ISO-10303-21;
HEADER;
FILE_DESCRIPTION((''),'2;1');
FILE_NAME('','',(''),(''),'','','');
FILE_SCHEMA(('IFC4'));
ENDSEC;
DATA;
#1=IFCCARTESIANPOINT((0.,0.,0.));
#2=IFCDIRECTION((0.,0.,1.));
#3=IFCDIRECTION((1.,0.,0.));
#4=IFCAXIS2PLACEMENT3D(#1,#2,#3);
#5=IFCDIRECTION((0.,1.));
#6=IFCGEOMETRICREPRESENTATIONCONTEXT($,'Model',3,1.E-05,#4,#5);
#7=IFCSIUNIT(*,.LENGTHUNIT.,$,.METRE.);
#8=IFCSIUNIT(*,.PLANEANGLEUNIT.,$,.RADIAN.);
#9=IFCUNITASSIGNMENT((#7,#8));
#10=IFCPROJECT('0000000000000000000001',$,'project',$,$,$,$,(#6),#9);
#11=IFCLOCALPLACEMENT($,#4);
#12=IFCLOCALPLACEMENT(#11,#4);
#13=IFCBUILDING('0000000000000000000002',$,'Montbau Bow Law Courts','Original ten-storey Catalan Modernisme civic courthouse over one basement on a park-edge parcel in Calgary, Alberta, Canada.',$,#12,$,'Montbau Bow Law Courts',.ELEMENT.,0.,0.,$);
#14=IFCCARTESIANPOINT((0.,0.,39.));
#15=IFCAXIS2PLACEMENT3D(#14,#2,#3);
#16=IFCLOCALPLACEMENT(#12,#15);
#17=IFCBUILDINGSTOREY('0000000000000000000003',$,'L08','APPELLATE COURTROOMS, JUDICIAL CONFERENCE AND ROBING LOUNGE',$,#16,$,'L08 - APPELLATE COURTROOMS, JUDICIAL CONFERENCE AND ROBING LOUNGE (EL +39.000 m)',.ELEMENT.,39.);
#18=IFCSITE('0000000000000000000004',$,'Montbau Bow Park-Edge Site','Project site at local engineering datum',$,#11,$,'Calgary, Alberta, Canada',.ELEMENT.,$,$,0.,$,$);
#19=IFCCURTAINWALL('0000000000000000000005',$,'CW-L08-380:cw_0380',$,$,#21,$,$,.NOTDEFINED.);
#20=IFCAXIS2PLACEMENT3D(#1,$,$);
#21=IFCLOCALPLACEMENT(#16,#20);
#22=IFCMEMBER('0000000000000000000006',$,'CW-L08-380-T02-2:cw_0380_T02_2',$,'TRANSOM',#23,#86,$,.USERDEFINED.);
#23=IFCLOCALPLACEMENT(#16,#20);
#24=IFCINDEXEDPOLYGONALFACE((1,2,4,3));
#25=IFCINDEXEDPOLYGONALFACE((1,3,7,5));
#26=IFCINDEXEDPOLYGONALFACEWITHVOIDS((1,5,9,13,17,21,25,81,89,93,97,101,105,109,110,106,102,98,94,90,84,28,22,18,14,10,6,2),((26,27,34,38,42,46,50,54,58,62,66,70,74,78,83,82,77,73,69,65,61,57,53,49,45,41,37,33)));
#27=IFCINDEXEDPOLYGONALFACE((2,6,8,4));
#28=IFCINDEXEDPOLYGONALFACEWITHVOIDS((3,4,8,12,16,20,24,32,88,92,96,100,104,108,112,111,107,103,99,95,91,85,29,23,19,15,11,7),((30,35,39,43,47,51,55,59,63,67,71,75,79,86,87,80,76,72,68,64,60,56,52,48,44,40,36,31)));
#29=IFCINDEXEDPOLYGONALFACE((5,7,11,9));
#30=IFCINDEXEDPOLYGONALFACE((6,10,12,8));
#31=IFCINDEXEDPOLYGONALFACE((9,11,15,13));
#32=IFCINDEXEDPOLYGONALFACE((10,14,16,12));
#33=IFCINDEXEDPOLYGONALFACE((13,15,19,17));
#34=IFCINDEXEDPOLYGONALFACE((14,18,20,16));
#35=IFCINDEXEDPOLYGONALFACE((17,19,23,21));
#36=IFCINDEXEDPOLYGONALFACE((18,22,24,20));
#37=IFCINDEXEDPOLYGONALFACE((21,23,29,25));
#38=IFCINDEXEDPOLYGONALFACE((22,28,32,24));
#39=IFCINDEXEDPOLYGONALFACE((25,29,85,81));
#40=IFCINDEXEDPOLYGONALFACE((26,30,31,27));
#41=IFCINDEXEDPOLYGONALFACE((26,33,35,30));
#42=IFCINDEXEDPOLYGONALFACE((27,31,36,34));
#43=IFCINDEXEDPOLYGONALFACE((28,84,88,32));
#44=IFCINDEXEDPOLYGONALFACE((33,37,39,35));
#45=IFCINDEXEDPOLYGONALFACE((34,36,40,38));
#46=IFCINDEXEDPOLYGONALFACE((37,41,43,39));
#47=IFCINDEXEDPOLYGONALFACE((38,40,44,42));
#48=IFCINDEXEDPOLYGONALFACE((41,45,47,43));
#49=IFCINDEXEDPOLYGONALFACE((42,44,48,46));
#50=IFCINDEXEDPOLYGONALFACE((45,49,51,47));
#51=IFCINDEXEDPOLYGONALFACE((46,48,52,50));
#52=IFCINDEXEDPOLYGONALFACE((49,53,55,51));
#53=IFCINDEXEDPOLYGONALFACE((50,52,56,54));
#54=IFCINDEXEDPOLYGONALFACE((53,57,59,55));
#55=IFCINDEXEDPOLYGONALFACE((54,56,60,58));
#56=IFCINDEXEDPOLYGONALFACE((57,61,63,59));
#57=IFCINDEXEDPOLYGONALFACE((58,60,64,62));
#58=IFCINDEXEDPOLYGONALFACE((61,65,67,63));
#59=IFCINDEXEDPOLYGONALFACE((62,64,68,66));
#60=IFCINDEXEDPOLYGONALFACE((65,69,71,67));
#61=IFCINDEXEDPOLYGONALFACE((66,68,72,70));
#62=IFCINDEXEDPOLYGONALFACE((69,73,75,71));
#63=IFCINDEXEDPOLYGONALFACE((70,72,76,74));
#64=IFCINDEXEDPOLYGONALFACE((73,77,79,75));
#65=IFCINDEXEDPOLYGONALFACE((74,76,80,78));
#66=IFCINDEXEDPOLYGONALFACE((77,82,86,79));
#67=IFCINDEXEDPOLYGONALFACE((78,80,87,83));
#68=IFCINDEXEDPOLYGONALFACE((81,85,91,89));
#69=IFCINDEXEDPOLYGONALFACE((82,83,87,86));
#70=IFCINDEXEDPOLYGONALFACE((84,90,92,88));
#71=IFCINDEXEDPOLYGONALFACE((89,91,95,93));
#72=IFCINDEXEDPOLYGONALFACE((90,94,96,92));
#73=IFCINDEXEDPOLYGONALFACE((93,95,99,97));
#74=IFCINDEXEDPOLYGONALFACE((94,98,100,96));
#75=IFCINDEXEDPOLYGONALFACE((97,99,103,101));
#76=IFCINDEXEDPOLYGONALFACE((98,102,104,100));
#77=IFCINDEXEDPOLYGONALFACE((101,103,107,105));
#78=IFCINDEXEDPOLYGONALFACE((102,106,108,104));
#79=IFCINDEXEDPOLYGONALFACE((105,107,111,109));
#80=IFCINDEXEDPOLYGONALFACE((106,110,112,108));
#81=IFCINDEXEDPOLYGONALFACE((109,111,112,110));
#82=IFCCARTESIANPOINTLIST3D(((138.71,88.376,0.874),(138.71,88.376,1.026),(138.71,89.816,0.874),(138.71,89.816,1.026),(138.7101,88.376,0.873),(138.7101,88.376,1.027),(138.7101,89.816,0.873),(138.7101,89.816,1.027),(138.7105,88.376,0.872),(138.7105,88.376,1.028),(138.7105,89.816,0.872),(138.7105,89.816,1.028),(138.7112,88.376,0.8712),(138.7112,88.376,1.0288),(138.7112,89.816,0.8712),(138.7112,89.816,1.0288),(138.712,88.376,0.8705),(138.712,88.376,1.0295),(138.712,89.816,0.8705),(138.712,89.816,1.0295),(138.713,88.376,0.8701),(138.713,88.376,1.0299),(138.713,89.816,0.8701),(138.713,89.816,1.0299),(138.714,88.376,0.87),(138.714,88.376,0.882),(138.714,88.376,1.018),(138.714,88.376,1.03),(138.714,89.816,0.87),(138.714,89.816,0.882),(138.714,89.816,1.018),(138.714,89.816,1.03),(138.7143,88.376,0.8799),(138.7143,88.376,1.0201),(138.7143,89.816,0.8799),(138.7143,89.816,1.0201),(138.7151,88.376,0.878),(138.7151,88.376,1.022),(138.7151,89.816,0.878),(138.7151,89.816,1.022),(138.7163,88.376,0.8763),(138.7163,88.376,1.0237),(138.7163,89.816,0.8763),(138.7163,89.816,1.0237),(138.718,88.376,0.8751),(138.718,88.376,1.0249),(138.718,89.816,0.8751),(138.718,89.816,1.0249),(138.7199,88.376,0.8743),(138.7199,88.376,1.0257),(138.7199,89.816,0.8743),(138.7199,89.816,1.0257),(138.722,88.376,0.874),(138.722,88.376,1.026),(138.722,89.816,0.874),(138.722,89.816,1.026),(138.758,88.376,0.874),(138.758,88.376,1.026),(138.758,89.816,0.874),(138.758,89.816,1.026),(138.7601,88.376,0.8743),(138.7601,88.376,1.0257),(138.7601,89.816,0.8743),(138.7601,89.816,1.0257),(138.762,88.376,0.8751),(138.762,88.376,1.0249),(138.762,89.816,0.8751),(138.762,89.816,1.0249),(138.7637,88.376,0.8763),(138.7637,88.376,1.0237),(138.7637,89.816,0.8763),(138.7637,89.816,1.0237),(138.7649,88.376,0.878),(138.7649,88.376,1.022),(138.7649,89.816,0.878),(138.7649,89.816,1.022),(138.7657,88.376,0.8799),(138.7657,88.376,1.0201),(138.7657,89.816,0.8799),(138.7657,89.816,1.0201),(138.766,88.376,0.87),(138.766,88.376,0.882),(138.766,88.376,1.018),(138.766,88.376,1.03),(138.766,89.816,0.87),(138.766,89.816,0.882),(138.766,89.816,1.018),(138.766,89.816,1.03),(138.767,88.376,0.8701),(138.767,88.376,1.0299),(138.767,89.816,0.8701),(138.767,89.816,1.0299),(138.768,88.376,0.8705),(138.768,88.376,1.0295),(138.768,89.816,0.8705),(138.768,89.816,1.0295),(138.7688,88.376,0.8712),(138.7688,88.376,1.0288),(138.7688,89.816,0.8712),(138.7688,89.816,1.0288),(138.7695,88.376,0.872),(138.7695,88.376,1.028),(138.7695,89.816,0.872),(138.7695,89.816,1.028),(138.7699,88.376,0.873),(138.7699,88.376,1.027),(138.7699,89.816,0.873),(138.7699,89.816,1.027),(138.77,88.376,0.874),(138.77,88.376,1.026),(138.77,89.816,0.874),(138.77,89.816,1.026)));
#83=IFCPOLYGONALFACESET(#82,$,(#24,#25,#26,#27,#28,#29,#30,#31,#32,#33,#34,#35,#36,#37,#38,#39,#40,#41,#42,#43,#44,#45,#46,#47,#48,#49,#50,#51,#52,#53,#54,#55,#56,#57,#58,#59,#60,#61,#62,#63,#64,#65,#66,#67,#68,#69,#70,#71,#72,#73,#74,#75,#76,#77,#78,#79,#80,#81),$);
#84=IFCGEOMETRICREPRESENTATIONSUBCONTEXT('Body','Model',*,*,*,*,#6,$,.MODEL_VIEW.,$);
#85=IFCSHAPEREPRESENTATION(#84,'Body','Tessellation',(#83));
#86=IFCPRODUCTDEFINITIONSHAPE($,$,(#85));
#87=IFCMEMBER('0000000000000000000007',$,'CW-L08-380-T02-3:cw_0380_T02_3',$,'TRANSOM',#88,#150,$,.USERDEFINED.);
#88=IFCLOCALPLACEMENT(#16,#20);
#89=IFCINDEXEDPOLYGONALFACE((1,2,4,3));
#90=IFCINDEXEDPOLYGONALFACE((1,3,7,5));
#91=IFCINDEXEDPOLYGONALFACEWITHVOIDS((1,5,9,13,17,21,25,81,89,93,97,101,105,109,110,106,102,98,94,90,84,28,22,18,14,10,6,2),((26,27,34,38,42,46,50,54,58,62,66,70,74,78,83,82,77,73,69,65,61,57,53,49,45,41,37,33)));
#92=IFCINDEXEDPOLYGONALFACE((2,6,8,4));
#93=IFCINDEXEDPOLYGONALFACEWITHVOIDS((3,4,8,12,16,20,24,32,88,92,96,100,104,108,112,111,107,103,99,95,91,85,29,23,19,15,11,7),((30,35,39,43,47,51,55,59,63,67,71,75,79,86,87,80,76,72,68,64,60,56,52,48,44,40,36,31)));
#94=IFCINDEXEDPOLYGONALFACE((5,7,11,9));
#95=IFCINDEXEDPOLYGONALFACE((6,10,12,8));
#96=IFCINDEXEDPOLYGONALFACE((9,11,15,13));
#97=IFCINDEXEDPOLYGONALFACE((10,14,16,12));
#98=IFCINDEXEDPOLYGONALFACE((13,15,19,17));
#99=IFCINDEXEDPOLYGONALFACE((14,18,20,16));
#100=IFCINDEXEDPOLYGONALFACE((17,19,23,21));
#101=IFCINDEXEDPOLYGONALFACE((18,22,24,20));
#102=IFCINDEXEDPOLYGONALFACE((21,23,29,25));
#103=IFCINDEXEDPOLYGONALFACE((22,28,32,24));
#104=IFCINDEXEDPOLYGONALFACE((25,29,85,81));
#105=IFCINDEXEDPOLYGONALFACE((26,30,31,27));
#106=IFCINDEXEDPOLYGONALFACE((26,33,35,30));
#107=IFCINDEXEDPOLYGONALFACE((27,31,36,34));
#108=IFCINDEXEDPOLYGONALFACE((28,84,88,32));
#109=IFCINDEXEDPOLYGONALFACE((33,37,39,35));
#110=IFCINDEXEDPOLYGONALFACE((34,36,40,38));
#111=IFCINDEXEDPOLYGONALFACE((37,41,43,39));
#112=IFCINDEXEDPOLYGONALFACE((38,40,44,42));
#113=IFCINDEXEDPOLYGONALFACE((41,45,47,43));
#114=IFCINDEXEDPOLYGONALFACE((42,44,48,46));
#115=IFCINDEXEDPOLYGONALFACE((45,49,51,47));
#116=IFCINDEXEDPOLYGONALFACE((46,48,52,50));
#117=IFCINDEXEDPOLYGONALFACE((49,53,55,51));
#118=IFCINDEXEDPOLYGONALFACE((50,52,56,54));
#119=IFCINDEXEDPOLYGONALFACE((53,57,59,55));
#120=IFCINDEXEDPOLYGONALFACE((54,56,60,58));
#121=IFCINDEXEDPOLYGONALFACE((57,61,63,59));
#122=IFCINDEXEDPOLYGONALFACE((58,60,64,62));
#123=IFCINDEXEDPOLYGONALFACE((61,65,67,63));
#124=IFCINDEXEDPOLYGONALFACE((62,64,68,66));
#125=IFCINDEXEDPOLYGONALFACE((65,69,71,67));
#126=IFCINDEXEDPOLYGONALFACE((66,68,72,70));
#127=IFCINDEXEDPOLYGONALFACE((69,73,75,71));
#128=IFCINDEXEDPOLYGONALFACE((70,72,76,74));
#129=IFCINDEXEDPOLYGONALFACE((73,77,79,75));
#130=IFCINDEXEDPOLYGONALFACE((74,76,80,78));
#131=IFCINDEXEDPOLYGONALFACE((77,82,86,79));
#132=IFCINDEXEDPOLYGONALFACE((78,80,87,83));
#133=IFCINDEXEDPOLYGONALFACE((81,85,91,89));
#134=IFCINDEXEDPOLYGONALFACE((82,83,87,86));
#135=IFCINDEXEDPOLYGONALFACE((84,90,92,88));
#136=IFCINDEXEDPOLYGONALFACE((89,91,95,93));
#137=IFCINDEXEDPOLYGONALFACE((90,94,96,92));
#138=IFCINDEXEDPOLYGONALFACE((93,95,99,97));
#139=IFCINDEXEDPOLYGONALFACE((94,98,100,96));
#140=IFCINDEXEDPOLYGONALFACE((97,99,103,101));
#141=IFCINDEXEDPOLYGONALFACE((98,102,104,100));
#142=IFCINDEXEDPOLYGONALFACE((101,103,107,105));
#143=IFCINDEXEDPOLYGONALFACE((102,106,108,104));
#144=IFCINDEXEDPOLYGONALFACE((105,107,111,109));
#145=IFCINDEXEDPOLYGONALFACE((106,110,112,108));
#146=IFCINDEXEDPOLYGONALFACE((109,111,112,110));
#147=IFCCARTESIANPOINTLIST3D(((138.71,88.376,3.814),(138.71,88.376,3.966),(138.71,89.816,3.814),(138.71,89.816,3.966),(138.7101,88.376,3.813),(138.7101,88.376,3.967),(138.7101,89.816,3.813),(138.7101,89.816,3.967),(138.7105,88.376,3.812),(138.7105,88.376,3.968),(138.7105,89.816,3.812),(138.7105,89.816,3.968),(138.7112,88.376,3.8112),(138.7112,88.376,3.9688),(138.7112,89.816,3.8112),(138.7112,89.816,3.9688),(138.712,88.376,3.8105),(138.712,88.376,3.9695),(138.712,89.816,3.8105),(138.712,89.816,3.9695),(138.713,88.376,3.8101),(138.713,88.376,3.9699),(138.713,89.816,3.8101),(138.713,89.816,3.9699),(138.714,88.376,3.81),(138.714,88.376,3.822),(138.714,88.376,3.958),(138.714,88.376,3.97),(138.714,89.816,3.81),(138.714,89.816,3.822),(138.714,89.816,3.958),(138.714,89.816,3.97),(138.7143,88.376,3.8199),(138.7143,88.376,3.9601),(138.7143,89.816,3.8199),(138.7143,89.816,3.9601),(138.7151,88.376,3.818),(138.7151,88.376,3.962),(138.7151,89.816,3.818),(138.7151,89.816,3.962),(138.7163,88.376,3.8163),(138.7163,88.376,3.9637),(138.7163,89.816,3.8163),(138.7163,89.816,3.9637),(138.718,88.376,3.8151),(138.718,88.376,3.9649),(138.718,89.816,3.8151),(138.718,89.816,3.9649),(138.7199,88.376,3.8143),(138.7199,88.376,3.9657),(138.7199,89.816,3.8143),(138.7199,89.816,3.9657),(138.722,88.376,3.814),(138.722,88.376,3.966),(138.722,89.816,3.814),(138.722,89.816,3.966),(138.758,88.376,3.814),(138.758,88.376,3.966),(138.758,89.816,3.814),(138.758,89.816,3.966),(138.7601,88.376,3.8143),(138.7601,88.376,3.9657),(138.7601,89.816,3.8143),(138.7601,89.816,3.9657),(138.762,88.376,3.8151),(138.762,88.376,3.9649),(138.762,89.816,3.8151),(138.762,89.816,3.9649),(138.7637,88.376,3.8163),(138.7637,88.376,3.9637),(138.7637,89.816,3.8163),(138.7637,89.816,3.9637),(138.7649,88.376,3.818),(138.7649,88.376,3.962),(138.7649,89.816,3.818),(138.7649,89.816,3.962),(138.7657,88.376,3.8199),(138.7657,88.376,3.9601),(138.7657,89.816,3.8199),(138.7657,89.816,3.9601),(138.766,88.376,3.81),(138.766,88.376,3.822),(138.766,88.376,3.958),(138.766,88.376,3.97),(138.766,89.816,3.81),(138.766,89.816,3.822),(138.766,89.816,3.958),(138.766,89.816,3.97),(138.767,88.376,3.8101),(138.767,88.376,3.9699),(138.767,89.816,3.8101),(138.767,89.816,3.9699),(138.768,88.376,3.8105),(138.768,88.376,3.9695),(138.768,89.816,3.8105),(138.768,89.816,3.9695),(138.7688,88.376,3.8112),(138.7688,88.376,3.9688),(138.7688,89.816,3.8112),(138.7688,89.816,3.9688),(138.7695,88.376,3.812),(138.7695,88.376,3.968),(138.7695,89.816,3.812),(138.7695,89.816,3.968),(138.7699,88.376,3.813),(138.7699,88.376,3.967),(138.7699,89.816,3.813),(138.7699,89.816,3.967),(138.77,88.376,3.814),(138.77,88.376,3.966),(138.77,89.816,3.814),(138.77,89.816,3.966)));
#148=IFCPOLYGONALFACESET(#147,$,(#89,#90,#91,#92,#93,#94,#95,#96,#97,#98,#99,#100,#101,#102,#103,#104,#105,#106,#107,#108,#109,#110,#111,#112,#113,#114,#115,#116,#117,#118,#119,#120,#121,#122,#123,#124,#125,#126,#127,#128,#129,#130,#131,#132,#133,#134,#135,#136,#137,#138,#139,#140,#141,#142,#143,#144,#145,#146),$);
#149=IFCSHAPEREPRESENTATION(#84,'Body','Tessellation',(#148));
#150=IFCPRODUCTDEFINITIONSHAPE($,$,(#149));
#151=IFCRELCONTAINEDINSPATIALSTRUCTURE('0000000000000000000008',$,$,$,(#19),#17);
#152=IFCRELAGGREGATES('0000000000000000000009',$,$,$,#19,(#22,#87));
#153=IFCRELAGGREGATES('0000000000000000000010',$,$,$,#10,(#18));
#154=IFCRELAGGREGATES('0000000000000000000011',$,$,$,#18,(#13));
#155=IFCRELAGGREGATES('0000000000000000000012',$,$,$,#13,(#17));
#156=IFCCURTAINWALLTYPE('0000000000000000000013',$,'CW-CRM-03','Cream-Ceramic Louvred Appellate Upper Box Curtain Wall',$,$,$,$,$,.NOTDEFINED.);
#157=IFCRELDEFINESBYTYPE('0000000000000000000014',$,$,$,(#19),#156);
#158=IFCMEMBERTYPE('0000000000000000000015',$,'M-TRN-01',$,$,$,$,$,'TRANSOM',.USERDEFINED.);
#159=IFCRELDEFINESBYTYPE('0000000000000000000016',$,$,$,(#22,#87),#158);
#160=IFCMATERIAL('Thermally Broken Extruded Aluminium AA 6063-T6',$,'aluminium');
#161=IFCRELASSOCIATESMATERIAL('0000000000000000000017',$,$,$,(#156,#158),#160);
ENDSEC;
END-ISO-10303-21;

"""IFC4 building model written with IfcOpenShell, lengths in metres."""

from ifc_helpers import new_model, si_unit, direction, frame, origin_with_axes, origin_2d_with_axis, place, context, subcontext, project, spatial, hollow_rectangle, extrude, material, material_profile, profile_set, type_object, element, aggregate, save


model = new_model("IFC4")

# Units and contexts
model_context = context("Model", 3, precision=1e-05, world=origin_with_axes(), true_north=direction((0.0, 1.0)))
body_context = subcontext(model_context, "Body", "Model", "MODEL_VIEW")
ifc_project = project(units=[si_unit("LENGTHUNIT", "METRE"), si_unit("PLANEANGLEUNIT", "RADIAN")], contexts=[model_context])

# Site, building, storey
site_placement = place(None, origin_with_axes())
site = spatial("IfcSite", under=ifc_project, at=site_placement, Name="Montbau Bow Park-Edge Site", Description="Project site at local engineering datum", LongName="Calgary, Alberta, Canada", CompositionType="ELEMENT", RefElevation=0.0)
building_placement = place(site_placement, origin_with_axes())
building = spatial("IfcBuilding", under=site, at=building_placement, Name="Montbau Bow Law Courts", Description="Original ten-storey Catalan Modernisme civic courthouse over one basement on a park-edge parcel in Calgary, Alberta, Canada.", LongName="Montbau Bow Law Courts", CompositionType="ELEMENT", ElevationOfRefHeight=0.0, ElevationOfTerrain=0.0)
storey_placement = place(building_placement, frame((0.0, 0.0, 39.0), z_axis=(0.0, 0.0, 1.0), x_axis=(1.0, 0.0, 0.0)))
storey = spatial("IfcBuildingStorey", under=building, at=storey_placement, Name="L08", Description="APPELLATE COURTROOMS, JUDICIAL CONFERENCE AND ROBING LOUNGE", LongName="L08 - APPELLATE COURTROOMS, JUDICIAL CONFERENCE AND ROBING LOUNGE (EL +39.000 m)", CompositionType="ELEMENT", Elevation=39.0)

# Curtain wall
ifc_material_1 = material(Name="Thermally Broken Extruded Aluminium AA 6063-T6", Category="aluminium")
curtain_wall_type = type_object("IfcCurtainWallType", Name="CW-CRM-03", Description="Cream-Ceramic Louvred Appellate Upper Box Curtain Wall", PredefinedType="NOTDEFINED", material=ifc_material_1)
curtain_wall_1_placement = place(None, frame((138.74, 86.84, 39.0), z_axis=(0.0, 0.0, 1.0), x_axis=(1.0, 0.0, 0.0)))
curtain_wall_1 = element("IfcCurtainWall", 1, at=curtain_wall_1_placement, inside=storey, type_object=curtain_wall_type, Name="CW-L08-380:cw_0380", PredefinedType="NOTDEFINED")
ifc_material_profile_1 = material_profile(ifc_material_1, hollow_rectangle(XDim=0.06, YDim=0.16, WallThickness=0.004, InnerFilletRadius=0.008, OuterFilletRadius=0.004, at=origin_2d_with_axis()), Name="CWT-160X60", Category="Main", Priority=0)
ifc_profile_set_1 = profile_set([ifc_material_profile_1], Name="Thermally Broken Extruded Aluminium AA 6063-T6")
member_type_1 = type_object("IfcMemberType", Name="M-TRN-01", ElementType="TRANSOM", PredefinedType="USERDEFINED", material=ifc_profile_set_1)

# Members
member_1_placement = place(None, frame((138.74, 88.376, 39.95), z_axis=(0.0, 1.0, 0.0), x_axis=(-1.0, 0.0, 0.0)))
member_1 = element("IfcMember", 2, at=member_1_placement, type_object=member_type_1, Name="CW-L08-380-T02-2:cw_0380_T02_2", ObjectType="TRANSOM", PredefinedType="USERDEFINED", context=body_context, shape_type="SweptSolid", body=[
    extrude(hollow_rectangle(XDim=0.06, YDim=0.16, WallThickness=0.004, InnerFilletRadius=0.008, OuterFilletRadius=0.004, at=origin_2d_with_axis()), origin_with_axes(), (0.0, 0.0, 1.0), 1.44),
])
member_2_placement = place(None, frame((138.74, 88.376, 42.89), z_axis=(0.0, 1.0, 0.0), x_axis=(-1.0, 0.0, 0.0)))
member_2 = element("IfcMember", 3, at=member_2_placement, type_object=member_type_1, Name="CW-L08-380-T02-3:cw_0380_T02_3", ObjectType="TRANSOM", PredefinedType="USERDEFINED", context=body_context, shape_type="SweptSolid", body=[
    extrude(hollow_rectangle(XDim=0.06, YDim=0.16, WallThickness=0.004, InnerFilletRadius=0.008, OuterFilletRadius=0.004, at=origin_2d_with_axis()), origin_with_axes(), (0.0, 0.0, 1.0), 1.44),
])

aggregate(curtain_wall_1, [member_1, member_2])

save(model, "model.ifc")
